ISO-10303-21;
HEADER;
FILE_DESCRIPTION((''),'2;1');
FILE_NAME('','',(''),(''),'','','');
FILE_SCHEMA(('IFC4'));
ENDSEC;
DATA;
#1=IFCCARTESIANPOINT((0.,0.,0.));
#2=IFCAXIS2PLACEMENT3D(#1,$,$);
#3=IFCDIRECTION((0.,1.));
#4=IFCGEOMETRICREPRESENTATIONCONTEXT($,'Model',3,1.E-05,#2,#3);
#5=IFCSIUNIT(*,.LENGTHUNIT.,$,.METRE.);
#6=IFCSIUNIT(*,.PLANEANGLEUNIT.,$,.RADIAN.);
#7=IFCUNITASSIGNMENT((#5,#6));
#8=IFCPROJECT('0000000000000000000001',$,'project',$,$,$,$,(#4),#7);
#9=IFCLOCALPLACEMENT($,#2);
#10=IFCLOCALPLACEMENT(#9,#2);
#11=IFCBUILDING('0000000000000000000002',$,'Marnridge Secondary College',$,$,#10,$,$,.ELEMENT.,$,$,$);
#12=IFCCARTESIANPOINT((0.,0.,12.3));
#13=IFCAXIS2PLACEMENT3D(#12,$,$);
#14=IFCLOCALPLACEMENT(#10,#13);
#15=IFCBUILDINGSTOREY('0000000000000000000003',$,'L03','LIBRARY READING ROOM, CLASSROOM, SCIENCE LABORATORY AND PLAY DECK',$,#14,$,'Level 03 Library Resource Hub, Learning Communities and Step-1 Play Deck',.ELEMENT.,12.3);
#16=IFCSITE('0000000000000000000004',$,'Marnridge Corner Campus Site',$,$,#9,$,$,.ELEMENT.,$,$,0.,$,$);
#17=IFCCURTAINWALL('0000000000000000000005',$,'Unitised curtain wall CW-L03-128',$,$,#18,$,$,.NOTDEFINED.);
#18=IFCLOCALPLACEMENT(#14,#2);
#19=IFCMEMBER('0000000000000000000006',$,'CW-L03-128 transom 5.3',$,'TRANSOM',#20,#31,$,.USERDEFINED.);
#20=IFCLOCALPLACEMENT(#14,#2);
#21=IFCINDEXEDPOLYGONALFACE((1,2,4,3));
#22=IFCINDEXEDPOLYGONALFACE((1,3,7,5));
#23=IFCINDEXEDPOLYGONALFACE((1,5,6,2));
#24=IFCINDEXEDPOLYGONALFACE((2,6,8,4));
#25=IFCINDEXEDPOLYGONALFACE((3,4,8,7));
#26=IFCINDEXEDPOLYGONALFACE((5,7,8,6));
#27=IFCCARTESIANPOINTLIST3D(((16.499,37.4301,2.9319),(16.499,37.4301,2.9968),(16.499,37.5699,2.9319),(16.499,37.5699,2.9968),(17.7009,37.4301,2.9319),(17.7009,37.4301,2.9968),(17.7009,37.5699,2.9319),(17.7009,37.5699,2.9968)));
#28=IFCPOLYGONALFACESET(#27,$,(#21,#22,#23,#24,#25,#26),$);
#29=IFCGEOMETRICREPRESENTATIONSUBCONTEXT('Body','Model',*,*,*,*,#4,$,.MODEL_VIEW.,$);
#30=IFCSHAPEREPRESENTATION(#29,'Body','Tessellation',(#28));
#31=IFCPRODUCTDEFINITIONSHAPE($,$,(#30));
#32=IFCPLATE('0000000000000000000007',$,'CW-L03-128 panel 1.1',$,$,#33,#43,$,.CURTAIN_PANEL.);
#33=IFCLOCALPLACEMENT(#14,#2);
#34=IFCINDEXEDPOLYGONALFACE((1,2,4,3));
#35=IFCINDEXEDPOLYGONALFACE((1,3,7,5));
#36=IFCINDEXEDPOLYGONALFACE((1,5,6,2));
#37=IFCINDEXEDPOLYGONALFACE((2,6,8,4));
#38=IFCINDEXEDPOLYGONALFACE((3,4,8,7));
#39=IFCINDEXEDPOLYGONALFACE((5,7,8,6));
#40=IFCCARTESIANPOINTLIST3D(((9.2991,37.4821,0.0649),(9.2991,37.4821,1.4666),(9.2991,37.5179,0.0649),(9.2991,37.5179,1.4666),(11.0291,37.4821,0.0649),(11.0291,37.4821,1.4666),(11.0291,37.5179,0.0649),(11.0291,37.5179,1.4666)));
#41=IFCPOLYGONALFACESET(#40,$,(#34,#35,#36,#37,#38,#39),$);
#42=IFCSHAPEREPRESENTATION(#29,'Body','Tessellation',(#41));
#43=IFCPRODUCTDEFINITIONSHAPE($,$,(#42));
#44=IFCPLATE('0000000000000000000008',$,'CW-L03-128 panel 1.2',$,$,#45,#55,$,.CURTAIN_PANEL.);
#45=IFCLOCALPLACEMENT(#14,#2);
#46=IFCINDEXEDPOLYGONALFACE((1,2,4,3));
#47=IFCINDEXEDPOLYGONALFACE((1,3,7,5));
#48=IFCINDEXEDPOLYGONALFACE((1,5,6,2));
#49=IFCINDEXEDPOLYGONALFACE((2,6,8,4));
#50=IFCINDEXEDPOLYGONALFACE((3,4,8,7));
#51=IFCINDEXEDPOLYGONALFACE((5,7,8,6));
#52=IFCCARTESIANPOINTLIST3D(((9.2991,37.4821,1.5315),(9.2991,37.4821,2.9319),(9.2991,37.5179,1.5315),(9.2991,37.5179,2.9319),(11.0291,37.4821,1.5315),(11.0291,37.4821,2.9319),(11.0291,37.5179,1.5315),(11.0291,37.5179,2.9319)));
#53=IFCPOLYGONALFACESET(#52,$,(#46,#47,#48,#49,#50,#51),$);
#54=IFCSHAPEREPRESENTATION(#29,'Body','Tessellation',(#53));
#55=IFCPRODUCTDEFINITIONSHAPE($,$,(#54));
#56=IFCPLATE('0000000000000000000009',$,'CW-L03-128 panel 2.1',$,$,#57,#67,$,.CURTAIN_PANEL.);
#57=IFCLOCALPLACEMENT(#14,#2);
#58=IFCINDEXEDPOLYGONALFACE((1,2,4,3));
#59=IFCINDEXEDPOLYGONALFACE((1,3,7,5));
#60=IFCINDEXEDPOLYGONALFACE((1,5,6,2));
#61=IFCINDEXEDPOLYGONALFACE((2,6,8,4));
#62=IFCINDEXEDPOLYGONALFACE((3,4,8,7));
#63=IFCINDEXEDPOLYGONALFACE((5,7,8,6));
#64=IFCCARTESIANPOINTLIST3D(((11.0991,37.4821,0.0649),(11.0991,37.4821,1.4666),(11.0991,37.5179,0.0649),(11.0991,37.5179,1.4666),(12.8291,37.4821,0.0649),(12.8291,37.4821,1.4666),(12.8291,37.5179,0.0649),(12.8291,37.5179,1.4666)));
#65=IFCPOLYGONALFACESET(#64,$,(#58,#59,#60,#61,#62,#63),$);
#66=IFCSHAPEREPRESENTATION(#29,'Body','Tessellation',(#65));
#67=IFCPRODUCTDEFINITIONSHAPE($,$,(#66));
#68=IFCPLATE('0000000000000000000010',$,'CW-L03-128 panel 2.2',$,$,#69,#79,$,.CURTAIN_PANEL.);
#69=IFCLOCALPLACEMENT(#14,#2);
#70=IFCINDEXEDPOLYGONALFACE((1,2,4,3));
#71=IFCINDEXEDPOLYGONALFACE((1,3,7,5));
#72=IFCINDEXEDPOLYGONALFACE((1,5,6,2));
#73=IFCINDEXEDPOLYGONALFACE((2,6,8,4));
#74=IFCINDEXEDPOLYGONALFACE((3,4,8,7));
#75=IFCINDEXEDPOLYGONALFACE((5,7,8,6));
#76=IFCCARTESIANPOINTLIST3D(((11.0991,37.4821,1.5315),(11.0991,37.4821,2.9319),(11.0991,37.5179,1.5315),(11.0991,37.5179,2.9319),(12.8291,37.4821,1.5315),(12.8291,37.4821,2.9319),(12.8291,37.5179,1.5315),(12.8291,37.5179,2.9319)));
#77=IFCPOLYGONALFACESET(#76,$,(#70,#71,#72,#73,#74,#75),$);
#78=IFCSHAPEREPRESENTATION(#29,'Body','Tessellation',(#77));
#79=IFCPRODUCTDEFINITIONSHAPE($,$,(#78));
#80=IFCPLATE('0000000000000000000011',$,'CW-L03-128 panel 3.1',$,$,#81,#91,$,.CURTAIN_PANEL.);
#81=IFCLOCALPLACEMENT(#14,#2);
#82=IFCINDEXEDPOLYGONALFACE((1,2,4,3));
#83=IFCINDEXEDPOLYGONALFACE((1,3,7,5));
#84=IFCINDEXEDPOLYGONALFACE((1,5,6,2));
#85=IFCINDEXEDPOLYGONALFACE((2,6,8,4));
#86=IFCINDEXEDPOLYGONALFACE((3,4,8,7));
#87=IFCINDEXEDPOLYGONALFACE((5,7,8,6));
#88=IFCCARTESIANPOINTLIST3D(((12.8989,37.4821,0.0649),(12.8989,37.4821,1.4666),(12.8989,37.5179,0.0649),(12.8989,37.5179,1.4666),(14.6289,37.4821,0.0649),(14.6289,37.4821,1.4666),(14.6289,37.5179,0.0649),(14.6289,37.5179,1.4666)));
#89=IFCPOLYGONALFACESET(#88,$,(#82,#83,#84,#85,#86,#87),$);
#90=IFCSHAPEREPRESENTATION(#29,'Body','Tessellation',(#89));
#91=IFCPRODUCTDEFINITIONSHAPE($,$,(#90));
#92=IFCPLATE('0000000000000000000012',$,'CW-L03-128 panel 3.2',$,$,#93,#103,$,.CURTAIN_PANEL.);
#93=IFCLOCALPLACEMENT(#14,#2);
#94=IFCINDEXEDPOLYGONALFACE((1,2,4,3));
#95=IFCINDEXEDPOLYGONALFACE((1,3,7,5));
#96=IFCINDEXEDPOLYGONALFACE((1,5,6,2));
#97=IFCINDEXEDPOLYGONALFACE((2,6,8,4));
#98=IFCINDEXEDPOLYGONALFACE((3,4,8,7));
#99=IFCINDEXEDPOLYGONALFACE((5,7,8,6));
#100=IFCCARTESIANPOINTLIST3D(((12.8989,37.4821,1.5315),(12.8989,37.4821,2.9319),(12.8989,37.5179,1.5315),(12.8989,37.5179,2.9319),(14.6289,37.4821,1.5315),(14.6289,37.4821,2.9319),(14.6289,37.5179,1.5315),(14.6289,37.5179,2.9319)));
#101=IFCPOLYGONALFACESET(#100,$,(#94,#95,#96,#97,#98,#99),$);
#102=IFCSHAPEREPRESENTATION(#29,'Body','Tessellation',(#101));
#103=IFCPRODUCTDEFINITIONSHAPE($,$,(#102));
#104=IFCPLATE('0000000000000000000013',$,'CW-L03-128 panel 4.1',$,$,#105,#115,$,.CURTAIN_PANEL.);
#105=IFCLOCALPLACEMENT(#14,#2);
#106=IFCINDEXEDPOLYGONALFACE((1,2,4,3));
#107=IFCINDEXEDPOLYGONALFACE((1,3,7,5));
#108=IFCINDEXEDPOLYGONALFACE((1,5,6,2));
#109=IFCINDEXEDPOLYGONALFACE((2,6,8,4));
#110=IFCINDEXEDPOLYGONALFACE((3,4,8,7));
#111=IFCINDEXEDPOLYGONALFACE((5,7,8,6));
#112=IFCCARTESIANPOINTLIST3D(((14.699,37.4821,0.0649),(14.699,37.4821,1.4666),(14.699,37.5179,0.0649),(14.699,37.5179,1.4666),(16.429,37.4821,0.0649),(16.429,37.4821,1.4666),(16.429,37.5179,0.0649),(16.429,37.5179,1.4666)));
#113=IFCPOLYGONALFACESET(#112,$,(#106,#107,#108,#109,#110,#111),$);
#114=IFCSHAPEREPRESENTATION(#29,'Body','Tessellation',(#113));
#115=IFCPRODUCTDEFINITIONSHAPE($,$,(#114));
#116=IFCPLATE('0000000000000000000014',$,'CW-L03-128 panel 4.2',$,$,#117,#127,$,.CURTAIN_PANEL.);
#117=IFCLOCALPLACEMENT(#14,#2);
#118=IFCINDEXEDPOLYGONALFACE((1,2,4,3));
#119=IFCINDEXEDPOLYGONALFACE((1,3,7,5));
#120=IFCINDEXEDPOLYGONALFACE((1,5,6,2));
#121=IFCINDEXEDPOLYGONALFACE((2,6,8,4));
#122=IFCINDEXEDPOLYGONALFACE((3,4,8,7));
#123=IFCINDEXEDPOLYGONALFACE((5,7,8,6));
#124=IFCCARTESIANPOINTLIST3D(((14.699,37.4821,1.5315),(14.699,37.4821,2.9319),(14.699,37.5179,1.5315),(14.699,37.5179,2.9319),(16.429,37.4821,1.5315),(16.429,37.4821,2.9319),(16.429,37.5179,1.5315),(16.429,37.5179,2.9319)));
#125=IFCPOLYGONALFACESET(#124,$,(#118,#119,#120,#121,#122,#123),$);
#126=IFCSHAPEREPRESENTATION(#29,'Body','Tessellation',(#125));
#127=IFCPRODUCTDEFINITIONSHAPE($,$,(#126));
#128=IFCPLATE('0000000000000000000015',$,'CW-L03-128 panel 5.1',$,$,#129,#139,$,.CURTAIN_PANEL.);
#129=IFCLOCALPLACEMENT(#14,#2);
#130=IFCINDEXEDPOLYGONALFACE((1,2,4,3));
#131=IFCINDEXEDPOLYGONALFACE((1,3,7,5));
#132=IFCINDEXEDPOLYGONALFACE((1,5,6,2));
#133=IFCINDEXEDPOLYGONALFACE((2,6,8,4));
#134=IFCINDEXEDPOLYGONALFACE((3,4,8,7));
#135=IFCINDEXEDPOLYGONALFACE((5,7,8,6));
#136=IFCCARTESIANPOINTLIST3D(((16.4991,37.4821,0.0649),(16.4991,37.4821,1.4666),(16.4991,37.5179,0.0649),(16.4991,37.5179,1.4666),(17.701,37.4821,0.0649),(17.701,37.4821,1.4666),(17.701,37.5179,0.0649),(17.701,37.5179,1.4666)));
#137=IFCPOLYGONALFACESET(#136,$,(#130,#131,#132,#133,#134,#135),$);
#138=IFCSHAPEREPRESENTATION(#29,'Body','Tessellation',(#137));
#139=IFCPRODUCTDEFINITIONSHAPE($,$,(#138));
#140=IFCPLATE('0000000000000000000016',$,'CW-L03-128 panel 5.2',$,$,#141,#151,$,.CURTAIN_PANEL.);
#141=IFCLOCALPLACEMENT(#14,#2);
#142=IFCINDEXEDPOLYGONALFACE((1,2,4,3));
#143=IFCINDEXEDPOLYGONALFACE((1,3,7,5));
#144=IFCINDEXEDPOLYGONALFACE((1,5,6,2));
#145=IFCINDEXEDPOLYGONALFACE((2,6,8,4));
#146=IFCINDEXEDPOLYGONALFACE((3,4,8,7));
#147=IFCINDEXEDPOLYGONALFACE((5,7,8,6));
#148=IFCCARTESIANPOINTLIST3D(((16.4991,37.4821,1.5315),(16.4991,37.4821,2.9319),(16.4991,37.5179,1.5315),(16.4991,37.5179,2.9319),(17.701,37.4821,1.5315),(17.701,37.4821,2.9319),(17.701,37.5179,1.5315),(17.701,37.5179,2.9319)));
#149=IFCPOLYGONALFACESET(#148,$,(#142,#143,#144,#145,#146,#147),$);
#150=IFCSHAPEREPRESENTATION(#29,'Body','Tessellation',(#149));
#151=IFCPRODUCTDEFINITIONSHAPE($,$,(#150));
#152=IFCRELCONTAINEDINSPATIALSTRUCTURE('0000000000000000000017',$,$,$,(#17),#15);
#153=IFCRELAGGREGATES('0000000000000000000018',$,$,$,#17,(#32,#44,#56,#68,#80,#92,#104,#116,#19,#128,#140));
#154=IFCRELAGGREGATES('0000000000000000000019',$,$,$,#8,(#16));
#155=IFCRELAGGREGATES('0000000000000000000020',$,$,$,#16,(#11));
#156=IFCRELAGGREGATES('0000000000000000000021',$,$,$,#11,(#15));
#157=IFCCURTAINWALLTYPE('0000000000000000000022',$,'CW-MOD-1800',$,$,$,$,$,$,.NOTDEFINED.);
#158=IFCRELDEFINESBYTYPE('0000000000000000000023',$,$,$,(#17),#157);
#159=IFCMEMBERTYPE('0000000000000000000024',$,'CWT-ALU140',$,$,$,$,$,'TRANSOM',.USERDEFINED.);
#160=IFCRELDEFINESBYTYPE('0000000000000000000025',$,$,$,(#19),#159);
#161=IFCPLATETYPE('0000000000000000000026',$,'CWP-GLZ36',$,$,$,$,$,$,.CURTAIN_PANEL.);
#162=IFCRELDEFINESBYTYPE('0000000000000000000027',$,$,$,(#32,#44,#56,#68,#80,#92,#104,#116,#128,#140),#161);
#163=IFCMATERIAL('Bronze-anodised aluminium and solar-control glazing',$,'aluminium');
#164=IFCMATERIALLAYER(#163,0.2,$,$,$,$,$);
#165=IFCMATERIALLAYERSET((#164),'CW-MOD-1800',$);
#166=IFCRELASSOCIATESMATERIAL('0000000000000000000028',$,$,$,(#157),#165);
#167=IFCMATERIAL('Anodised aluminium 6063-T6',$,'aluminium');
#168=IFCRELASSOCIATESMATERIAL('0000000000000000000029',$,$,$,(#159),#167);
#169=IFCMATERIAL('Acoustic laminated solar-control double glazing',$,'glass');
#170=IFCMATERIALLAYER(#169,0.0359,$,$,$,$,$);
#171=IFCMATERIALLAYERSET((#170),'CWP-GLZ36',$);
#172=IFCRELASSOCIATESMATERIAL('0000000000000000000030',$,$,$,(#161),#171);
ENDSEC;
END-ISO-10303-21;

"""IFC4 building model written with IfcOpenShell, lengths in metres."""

from ifc_helpers import new_model, si_unit, direction, frame, origin, origin_2d, place, context, subcontext, project, spatial, rectangle, extrude, material, layer, layer_set, material_profile, profile_set, type_object, element, aggregate, save


model = new_model("IFC4")

# Units and contexts
model_context = context("Model", 3, precision=1e-05, world=origin(), true_north=direction((0.0, 1.0)))
body_context = subcontext(model_context, "Body", "Model", "MODEL_VIEW")
ifc_project = project(units=[si_unit("LENGTHUNIT", "METRE"), si_unit("PLANEANGLEUNIT", "RADIAN")], contexts=[model_context])

# Site, building, storey
site_placement = place(None, origin())
site = spatial("IfcSite", under=ifc_project, at=site_placement, Name="Marnridge Corner Campus Site", CompositionType="ELEMENT", RefElevation=0.0)
building_placement = place(site_placement, origin())
building = spatial("IfcBuilding", under=site, at=building_placement, Name="Marnridge Secondary College", CompositionType="ELEMENT")
storey_placement = place(building_placement, frame((0.0, 0.0, 12.3)))
storey = spatial("IfcBuildingStorey", under=building, at=storey_placement, Name="L03", Description="LIBRARY READING ROOM, CLASSROOM, SCIENCE LABORATORY AND PLAY DECK", LongName="Level 03 Library Resource Hub, Learning Communities and Step-1 Play Deck", CompositionType="ELEMENT", Elevation=12.3)

# Curtain wall, member, plates
ifc_material_1 = material(Name="Bronze-anodised aluminium and solar-control glazing", Category="aluminium")
ifc_layer_1 = layer(ifc_material_1, 0.2)
ifc_layer_set_1 = layer_set([ifc_layer_1], Name="CW-MOD-1800")
curtain_wall_type = type_object("IfcCurtainWallType", Name="CW-MOD-1800", PredefinedType="NOTDEFINED", material=ifc_layer_set_1)
curtain_wall_placement = place(storey_placement, origin())
curtain_wall = element("IfcCurtainWall", 1, at=curtain_wall_placement, inside=storey, type_object=curtain_wall_type, Name="Unitised curtain wall CW-L03-128", PredefinedType="NOTDEFINED")
ifc_material_2 = material(Name="Anodised aluminium 6063-T6", Category="aluminium")
ifc_material_profile_1 = material_profile(ifc_material_2, rectangle(XDim=0.0649, YDim=0.1399, at=origin_2d()), Name="ALU 65x140")
ifc_profile_set_1 = profile_set([ifc_material_profile_1], Name="Anodised aluminium 6063-T6")
member_type_1 = type_object("IfcMemberType", Name="CWT-ALU140", ElementType="TRANSOM", PredefinedType="USERDEFINED", material=ifc_profile_set_1)
member_1_placement = place(storey_placement, frame((16.499, 37.5, 2.9644), z_axis=(1.0, 0.0, 0.0), x_axis=(0.0, 0.0, 1.0)))
member_1 = element("IfcMember", 2, at=member_1_placement, type_object=member_type_1, Name="CW-L03-128 transom 5.3", ObjectType="TRANSOM", PredefinedType="USERDEFINED", context=body_context, shape_type="SweptSolid", body=[
    extrude(rectangle(XDim=0.0649, YDim=0.1399, at=origin_2d()), origin(), (0.0, 0.0, 1.0), 1.2019),
])
ifc_material_3 = material(Name="Acoustic laminated solar-control double glazing", Category="glass")
ifc_layer_2 = layer(ifc_material_3, 0.0359)
ifc_layer_set_2 = layer_set([ifc_layer_2], Name="CWP-GLZ36")
plate_type = type_object("IfcPlateType", Name="CWP-GLZ36", PredefinedType="CURTAIN_PANEL", material=ifc_layer_set_2)
plate_1_placement = place(storey_placement, frame((10.1641, 37.5, 0.0649), z_axis=(0.0, 0.0, 1.0), x_axis=(1.0, 0.0, 0.0)))
plate_1 = element("IfcPlate", 3, at=plate_1_placement, type_object=plate_type, Name="CW-L03-128 panel 1.1", PredefinedType="CURTAIN_PANEL", context=body_context, shape_type="SweptSolid", body=[
    extrude(rectangle(XDim=1.73, YDim=0.0359, at=origin_2d()), origin(), (0.0, 0.0, 1.0), 1.4016),
])
plate_2_placement = place(storey_placement, frame((10.1641, 37.5, 1.5315), z_axis=(0.0, 0.0, 1.0), x_axis=(1.0, 0.0, 0.0)))
plate_2 = element("IfcPlate", 4, at=plate_2_placement, type_object=plate_type, Name="CW-L03-128 panel 1.2", PredefinedType="CURTAIN_PANEL", context=body_context, shape_type="SweptSolid", body=[
    extrude(rectangle(XDim=1.73, YDim=0.0359, at=origin_2d()), origin(), (0.0, 0.0, 1.0), 1.4004),
])
plate_3_placement = place(storey_placement, frame((11.9641, 37.5, 0.0649), z_axis=(0.0, 0.0, 1.0), x_axis=(1.0, 0.0, 0.0)))
plate_3 = element("IfcPlate", 5, at=plate_3_placement, type_object=plate_type, Name="CW-L03-128 panel 2.1", PredefinedType="CURTAIN_PANEL", context=body_context, shape_type="SweptSolid", body=[
    extrude(rectangle(XDim=1.73, YDim=0.0359, at=origin_2d()), origin(), (0.0, 0.0, 1.0), 1.4016),
])
plate_4_placement = place(storey_placement, frame((11.9641, 37.5, 1.5315), z_axis=(0.0, 0.0, 1.0), x_axis=(1.0, 0.0, 0.0)))
plate_4 = element("IfcPlate", 6, at=plate_4_placement, type_object=plate_type, Name="CW-L03-128 panel 2.2", PredefinedType="CURTAIN_PANEL", context=body_context, shape_type="SweptSolid", body=[
    extrude(rectangle(XDim=1.73, YDim=0.0359, at=origin_2d()), origin(), (0.0, 0.0, 1.0), 1.4004),
])
plate_5_placement = place(storey_placement, frame((13.7639, 37.5, 0.0649), z_axis=(0.0, 0.0, 1.0), x_axis=(1.0, 0.0, 0.0)))
plate_5 = element("IfcPlate", 7, at=plate_5_placement, type_object=plate_type, Name="CW-L03-128 panel 3.1", PredefinedType="CURTAIN_PANEL", context=body_context, shape_type="SweptSolid", body=[
    extrude(rectangle(XDim=1.73, YDim=0.0359, at=origin_2d()), origin(), (0.0, 0.0, 1.0), 1.4016),
])
plate_6_placement = place(storey_placement, frame((13.7639, 37.5, 1.5315), z_axis=(0.0, 0.0, 1.0), x_axis=(1.0, 0.0, 0.0)))
plate_6 = element("IfcPlate", 8, at=plate_6_placement, type_object=plate_type, Name="CW-L03-128 panel 3.2", PredefinedType="CURTAIN_PANEL", context=body_context, shape_type="SweptSolid", body=[
    extrude(rectangle(XDim=1.73, YDim=0.0359, at=origin_2d()), origin(), (0.0, 0.0, 1.0), 1.4004),
])
plate_7_placement = place(storey_placement, frame((15.564, 37.5, 0.0649), z_axis=(0.0, 0.0, 1.0), x_axis=(1.0, 0.0, 0.0)))
plate_7 = element("IfcPlate", 9, at=plate_7_placement, type_object=plate_type, Name="CW-L03-128 panel 4.1", PredefinedType="CURTAIN_PANEL", context=body_context, shape_type="SweptSolid", body=[
    extrude(rectangle(XDim=1.73, YDim=0.0359, at=origin_2d()), origin(), (0.0, 0.0, 1.0), 1.4016),
])
plate_8_placement = place(storey_placement, frame((15.564, 37.5, 1.5315), z_axis=(0.0, 0.0, 1.0), x_axis=(1.0, 0.0, 0.0)))
plate_8 = element("IfcPlate", 10, at=plate_8_placement, type_object=plate_type, Name="CW-L03-128 panel 4.2", PredefinedType="CURTAIN_PANEL", context=body_context, shape_type="SweptSolid", body=[
    extrude(rectangle(XDim=1.73, YDim=0.0359, at=origin_2d()), origin(), (0.0, 0.0, 1.0), 1.4004),
])
plate_9_placement = place(storey_placement, frame((17.1001, 37.5, 0.0649), z_axis=(0.0, 0.0, 1.0), x_axis=(1.0, 0.0, 0.0)))
plate_9 = element("IfcPlate", 11, at=plate_9_placement, type_object=plate_type, Name="CW-L03-128 panel 5.1", PredefinedType="CURTAIN_PANEL", context=body_context, shape_type="SweptSolid", body=[
    extrude(rectangle(XDim=1.2019, YDim=0.0359, at=origin_2d()), origin(), (0.0, 0.0, 1.0), 1.4016),
])
plate_10_placement = place(storey_placement, frame((17.1001, 37.5, 1.5315), z_axis=(0.0, 0.0, 1.0), x_axis=(1.0, 0.0, 0.0)))
plate_10 = element("IfcPlate", 12, at=plate_10_placement, type_object=plate_type, Name="CW-L03-128 panel 5.2", PredefinedType="CURTAIN_PANEL", context=body_context, shape_type="SweptSolid", body=[
    extrude(rectangle(XDim=1.2019, YDim=0.0359, at=origin_2d()), origin(), (0.0, 0.0, 1.0), 1.4004),
])
aggregate(curtain_wall, [plate_1, plate_2, plate_3, plate_4, plate_5, plate_6, plate_7, plate_8, member_1, plate_9, plate_10])

save(model, "model.ifc")
